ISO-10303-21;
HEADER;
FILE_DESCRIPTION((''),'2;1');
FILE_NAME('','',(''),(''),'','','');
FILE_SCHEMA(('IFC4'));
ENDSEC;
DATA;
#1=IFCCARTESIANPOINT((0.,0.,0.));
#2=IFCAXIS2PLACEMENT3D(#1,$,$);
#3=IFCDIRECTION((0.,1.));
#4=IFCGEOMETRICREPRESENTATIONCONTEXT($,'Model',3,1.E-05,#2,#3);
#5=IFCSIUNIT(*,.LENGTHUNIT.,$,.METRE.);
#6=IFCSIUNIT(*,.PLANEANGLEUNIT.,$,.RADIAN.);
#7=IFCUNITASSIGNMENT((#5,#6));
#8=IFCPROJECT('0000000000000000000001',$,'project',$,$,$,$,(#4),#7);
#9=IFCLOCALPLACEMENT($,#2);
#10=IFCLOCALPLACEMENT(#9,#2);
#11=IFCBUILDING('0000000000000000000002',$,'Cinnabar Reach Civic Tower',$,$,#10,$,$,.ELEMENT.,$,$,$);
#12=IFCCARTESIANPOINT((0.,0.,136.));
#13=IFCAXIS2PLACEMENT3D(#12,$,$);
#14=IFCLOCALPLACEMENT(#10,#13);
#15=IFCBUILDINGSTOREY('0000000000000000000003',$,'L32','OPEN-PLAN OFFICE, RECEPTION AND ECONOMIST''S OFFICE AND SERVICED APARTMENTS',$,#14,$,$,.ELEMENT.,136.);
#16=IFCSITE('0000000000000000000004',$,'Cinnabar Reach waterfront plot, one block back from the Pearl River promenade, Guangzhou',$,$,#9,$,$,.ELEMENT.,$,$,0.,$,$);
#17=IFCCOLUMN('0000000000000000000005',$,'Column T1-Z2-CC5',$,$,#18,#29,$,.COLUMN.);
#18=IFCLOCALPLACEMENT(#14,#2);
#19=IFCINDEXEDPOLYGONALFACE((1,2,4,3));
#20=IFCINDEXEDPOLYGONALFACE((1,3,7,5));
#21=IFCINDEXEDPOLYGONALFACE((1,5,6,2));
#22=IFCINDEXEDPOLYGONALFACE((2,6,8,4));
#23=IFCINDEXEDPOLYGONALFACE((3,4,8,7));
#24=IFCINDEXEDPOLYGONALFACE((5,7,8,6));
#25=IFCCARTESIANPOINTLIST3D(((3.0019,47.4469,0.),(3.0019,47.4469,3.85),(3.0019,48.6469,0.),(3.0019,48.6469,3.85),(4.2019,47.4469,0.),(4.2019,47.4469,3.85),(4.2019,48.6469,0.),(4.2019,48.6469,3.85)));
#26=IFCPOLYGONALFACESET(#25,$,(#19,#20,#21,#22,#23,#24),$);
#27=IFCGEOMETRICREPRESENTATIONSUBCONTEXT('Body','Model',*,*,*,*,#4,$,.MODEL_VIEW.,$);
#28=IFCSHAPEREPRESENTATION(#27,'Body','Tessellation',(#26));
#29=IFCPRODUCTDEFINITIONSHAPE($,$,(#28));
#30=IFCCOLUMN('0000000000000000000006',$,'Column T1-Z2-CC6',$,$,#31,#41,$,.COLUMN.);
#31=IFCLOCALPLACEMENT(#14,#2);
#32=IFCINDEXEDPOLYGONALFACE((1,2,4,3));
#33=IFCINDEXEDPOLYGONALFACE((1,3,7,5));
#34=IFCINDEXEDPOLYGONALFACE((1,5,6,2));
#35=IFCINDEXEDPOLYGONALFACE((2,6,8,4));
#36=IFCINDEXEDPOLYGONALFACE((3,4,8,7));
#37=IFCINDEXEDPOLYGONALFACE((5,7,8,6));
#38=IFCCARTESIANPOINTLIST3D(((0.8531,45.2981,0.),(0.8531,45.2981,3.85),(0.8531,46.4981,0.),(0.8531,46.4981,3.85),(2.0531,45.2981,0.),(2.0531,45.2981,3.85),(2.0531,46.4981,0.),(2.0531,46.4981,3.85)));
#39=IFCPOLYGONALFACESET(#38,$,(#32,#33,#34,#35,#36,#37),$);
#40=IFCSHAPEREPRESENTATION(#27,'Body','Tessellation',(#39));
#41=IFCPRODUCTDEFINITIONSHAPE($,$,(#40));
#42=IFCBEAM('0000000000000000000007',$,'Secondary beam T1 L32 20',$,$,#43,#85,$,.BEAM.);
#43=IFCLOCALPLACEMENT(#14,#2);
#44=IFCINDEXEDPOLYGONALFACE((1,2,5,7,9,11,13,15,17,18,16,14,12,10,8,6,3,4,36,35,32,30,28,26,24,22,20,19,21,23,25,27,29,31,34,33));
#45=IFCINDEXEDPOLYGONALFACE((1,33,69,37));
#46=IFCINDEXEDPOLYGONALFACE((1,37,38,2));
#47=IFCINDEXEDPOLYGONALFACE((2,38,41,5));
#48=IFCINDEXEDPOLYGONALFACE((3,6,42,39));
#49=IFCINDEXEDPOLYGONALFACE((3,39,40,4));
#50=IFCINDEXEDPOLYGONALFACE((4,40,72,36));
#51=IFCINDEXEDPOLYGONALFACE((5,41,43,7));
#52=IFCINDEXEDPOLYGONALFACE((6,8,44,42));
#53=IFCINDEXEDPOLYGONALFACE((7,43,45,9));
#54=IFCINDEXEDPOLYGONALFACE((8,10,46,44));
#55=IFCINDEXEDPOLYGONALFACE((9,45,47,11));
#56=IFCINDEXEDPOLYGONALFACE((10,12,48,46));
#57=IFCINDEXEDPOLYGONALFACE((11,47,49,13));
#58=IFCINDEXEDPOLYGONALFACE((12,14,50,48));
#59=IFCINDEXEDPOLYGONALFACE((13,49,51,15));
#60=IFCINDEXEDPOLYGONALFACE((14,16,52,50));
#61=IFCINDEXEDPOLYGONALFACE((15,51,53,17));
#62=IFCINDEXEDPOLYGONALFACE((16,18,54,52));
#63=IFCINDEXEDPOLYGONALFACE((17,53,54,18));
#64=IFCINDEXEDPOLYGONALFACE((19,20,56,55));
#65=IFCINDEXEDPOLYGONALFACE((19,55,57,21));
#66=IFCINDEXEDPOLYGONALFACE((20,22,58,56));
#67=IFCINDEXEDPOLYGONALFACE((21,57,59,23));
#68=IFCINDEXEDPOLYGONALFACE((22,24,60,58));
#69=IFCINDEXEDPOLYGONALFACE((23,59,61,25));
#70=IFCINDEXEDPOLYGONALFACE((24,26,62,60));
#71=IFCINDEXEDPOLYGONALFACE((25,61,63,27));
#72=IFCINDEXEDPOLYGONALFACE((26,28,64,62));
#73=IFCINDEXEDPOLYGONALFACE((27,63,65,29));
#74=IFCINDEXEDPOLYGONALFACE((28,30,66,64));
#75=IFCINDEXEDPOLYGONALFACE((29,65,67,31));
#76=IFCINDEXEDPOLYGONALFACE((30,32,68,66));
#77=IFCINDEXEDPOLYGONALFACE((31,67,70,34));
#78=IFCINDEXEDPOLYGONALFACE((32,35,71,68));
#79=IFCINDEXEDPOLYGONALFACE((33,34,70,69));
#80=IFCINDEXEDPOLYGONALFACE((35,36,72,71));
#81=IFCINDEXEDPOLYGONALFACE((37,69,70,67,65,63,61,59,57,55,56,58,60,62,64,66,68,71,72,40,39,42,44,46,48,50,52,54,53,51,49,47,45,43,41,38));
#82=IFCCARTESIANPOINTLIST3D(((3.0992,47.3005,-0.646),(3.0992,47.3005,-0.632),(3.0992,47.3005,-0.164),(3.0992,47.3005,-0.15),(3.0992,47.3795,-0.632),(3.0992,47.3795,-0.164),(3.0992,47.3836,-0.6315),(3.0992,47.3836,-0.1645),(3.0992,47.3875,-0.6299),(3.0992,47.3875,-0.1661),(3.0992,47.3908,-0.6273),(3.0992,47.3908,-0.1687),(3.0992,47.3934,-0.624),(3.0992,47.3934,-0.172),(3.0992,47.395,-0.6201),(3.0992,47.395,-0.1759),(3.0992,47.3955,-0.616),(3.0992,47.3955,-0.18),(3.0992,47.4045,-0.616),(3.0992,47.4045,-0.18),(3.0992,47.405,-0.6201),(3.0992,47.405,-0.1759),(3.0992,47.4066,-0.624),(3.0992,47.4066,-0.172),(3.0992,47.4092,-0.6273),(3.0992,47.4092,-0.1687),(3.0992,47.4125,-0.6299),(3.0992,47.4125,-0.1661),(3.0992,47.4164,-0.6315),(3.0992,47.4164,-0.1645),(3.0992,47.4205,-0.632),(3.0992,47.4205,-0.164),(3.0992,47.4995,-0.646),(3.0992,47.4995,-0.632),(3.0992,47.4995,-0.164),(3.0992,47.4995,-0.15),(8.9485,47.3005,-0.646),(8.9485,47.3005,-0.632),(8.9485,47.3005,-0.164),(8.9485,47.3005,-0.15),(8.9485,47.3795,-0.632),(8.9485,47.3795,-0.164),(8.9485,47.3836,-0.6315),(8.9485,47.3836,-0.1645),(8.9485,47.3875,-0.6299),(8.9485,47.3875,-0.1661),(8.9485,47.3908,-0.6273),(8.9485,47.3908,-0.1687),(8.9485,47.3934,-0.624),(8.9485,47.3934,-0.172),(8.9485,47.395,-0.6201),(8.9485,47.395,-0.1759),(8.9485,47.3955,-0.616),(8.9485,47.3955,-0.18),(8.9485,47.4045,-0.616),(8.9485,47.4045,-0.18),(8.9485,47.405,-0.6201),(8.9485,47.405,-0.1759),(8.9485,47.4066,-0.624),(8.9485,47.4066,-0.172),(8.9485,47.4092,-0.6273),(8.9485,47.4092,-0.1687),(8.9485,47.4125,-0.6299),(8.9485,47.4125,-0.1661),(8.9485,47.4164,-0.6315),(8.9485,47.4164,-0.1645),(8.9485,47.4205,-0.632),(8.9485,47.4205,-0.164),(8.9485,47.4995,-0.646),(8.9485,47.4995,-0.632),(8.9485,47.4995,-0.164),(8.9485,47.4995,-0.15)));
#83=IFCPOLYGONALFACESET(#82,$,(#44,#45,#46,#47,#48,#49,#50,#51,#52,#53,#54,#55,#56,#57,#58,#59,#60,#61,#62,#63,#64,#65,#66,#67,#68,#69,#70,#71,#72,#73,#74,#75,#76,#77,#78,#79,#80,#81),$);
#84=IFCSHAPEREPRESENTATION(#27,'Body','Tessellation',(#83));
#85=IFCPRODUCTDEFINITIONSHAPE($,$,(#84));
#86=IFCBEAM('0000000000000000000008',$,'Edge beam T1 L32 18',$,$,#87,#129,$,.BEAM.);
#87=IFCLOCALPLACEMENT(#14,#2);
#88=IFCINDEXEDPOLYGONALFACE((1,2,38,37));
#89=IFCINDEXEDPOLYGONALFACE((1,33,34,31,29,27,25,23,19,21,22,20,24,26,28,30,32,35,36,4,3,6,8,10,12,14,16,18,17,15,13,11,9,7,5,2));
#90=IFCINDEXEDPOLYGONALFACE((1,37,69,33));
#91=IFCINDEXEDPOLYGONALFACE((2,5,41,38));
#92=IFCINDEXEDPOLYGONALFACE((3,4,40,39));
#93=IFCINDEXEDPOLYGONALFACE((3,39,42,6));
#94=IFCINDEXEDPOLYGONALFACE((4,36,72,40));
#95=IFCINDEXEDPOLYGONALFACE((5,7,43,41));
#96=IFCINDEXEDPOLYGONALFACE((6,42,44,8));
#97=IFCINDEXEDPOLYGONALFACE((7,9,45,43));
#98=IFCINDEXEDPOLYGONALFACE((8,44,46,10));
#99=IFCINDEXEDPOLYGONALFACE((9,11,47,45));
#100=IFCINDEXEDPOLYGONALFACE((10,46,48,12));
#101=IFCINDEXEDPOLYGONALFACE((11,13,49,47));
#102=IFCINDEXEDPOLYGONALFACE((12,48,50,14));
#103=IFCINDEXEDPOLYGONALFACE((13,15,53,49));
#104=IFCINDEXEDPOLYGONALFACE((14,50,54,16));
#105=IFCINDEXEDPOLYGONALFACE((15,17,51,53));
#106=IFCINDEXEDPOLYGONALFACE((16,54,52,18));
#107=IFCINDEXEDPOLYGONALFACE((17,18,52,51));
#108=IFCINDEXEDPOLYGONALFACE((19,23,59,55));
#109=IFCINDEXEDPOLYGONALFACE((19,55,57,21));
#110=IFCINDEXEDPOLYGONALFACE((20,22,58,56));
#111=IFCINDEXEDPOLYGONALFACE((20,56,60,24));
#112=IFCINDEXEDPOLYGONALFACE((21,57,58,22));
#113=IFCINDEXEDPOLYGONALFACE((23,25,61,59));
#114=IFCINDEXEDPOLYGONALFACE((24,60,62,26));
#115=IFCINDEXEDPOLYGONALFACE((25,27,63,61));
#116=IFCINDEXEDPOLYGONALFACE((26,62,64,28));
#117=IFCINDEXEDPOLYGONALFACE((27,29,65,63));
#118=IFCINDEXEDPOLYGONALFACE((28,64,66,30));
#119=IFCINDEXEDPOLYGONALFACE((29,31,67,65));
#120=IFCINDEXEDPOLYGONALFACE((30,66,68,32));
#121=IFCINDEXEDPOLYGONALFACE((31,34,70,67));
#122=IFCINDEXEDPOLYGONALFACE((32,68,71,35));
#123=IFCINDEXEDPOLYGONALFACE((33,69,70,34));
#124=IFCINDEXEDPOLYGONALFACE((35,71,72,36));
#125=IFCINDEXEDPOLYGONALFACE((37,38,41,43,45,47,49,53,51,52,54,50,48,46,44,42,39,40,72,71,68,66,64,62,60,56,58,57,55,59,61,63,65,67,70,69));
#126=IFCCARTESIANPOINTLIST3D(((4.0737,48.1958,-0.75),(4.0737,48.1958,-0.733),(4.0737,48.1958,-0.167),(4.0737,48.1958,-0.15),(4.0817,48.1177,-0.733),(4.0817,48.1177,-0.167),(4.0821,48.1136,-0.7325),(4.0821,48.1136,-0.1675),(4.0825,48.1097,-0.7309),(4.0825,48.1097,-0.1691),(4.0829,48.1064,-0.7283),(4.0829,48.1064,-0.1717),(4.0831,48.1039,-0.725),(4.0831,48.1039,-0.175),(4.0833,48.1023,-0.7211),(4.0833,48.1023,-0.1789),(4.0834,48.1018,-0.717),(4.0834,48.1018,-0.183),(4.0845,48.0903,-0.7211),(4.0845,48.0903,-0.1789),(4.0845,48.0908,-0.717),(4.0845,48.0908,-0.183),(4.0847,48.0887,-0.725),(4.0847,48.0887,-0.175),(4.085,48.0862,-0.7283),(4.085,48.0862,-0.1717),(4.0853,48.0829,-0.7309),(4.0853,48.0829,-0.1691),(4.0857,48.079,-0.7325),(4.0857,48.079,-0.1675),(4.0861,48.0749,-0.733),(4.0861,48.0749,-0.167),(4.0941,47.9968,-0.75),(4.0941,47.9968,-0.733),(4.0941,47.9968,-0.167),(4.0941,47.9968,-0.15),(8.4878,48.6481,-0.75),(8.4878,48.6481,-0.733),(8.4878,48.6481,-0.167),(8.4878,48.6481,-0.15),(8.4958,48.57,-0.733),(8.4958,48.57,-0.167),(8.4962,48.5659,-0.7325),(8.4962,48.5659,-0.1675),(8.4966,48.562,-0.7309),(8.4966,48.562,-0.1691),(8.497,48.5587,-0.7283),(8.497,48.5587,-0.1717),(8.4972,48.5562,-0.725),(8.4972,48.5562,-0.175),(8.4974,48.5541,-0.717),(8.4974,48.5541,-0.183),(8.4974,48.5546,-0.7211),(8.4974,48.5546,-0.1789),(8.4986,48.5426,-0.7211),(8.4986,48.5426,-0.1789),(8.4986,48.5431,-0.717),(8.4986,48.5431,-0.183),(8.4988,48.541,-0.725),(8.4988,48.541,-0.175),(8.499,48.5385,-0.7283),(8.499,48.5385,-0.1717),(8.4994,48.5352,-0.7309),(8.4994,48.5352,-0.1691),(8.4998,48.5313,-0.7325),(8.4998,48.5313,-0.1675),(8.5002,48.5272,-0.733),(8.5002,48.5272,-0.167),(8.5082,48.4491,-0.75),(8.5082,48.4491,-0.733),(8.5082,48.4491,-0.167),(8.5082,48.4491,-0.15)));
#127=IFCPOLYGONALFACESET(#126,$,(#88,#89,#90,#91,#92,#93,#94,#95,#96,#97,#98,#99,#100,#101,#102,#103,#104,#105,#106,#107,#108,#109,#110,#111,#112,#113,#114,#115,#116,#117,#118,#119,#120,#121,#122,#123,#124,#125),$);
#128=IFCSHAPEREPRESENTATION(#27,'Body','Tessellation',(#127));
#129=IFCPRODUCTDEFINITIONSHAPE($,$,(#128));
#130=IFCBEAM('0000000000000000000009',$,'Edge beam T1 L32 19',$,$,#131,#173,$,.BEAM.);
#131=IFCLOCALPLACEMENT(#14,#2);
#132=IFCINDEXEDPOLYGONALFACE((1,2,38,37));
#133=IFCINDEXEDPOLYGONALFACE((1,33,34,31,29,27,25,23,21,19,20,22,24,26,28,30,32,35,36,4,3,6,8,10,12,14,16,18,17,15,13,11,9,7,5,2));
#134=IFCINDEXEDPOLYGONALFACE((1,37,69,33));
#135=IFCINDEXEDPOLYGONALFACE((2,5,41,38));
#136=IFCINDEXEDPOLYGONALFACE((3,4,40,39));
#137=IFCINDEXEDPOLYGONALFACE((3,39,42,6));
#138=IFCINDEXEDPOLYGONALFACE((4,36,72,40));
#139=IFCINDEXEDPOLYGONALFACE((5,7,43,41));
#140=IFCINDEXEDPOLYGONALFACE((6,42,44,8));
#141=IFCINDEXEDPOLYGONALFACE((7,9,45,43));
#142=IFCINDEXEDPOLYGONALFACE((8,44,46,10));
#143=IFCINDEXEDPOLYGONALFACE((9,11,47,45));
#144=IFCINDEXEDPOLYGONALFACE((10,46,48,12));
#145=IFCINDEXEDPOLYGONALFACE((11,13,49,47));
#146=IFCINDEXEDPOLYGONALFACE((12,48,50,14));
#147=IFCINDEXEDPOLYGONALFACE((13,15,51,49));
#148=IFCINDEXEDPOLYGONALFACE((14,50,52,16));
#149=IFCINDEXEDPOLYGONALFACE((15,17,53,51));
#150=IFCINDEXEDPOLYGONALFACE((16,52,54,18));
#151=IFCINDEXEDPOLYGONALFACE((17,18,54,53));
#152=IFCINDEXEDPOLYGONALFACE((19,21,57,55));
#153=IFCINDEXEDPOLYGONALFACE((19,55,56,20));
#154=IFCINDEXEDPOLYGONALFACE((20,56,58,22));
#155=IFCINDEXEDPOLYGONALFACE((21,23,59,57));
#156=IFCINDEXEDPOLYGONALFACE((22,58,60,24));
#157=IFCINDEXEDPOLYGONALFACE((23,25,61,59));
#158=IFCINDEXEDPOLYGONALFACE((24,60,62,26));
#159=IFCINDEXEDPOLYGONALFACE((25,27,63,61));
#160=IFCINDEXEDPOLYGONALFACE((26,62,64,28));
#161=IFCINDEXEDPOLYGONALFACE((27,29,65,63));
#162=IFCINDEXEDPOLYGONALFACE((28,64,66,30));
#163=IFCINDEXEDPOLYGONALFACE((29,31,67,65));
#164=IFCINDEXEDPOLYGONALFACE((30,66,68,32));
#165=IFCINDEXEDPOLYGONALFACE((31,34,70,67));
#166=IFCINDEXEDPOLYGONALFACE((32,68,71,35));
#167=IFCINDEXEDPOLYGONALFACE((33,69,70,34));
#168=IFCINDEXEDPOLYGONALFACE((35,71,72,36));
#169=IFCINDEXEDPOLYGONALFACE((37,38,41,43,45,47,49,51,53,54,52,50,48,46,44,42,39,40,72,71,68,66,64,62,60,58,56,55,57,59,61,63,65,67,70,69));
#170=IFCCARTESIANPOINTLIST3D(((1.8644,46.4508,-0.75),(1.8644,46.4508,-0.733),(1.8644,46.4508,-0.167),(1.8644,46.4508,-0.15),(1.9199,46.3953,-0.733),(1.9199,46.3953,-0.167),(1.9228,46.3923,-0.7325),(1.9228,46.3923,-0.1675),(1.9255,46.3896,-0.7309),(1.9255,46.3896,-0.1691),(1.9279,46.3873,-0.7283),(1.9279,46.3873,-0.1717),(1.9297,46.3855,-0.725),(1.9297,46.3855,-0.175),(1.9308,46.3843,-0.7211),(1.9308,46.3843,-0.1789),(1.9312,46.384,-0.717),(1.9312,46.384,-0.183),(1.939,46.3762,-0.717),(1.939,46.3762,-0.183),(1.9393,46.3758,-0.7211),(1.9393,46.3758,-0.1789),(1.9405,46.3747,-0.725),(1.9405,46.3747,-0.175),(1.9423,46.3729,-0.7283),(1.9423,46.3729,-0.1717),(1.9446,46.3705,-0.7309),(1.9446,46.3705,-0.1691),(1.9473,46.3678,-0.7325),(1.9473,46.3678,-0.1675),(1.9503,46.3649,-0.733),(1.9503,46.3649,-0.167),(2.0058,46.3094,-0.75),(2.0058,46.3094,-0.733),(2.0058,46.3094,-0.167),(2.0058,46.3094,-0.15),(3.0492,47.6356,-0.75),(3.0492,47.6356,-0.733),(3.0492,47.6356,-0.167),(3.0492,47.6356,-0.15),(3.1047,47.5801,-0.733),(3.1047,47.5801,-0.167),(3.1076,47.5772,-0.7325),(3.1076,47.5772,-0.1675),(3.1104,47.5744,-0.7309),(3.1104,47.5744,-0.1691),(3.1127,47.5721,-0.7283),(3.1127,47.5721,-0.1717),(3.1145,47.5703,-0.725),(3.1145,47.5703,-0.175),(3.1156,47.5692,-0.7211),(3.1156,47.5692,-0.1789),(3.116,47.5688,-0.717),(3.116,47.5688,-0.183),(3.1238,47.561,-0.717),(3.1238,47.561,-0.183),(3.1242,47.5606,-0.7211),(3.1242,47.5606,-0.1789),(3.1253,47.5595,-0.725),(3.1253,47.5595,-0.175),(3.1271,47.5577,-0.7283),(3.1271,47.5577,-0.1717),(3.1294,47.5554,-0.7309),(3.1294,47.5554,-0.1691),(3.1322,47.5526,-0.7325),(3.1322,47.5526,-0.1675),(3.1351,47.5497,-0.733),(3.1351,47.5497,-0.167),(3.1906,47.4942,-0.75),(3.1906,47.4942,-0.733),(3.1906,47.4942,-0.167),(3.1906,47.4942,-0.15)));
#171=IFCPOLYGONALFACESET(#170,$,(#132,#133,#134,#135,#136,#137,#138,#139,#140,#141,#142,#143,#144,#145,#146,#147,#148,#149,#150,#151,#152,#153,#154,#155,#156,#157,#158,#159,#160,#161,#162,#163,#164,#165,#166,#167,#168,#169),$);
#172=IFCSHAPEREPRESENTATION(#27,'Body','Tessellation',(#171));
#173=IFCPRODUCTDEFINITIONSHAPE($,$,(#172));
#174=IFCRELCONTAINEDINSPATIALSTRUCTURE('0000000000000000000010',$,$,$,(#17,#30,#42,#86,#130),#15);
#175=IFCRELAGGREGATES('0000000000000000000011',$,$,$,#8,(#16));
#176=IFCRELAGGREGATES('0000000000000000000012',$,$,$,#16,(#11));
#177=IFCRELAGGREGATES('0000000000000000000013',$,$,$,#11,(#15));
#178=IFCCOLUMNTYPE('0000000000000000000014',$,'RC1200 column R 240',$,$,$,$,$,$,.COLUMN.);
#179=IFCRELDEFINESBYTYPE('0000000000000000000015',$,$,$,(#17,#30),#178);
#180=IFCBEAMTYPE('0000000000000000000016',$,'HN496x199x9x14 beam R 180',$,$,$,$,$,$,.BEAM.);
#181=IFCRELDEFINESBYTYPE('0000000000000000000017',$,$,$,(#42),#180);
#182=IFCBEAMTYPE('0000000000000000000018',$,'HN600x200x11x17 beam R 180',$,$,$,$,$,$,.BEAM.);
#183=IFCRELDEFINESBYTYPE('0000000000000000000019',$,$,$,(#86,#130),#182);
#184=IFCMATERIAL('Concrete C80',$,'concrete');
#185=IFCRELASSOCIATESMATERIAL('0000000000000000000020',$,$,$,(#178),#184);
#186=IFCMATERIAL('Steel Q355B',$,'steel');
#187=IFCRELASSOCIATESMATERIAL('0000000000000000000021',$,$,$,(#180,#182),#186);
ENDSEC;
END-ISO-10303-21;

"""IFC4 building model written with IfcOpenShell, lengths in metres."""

from ifc_helpers import new_model, si_unit, direction, frame, origin, origin_2d, place, context, subcontext, project, spatial, rectangle, i_section, extrude, material, material_profile, profile_set, type_object, element, save


model = new_model("IFC4")

# Units and contexts
model_context = context("Model", 3, precision=1e-05, world=origin(), true_north=direction((0.0, 1.0)))
body_context = subcontext(model_context, "Body", "Model", "MODEL_VIEW")
ifc_project = project(units=[si_unit("LENGTHUNIT", "METRE"), si_unit("PLANEANGLEUNIT", "RADIAN")], contexts=[model_context])

# Site, building, storey
site_placement = place(None, origin())
site = spatial("IfcSite", under=ifc_project, at=site_placement, Name="Cinnabar Reach waterfront plot, one block back from the Pearl River promenade, Guangzhou", CompositionType="ELEMENT", RefElevation=0.0)
building_placement = place(site_placement, origin())
building = spatial("IfcBuilding", under=site, at=building_placement, Name="Cinnabar Reach Civic Tower", CompositionType="ELEMENT")
storey_placement = place(building_placement, frame((0.0, 0.0, 136.0)))
storey = spatial("IfcBuildingStorey", under=building, at=storey_placement, Name="L32", Description="OPEN-PLAN OFFICE, RECEPTION AND ECONOMIST'S OFFICE AND SERVICED APARTMENTS", CompositionType="ELEMENT", Elevation=136.0)

# Columns
ifc_material_1 = material(Name="Concrete C80", Category="concrete")
ifc_material_profile_1 = material_profile(ifc_material_1, rectangle(XDim=1.2, YDim=1.2, at=origin_2d()), Name="RC1200")
ifc_profile_set_1 = profile_set([ifc_material_profile_1], Name="Concrete C80")
column_type = type_object("IfcColumnType", Name="RC1200 column R 240", PredefinedType="COLUMN", material=ifc_profile_set_1)
for number, where, z_axis, x_axis, name in (
    (1, (3.6019, 48.0469, 0.0), (0.0, 0.0, 1.0), (1.0, 0.0, 0.0), "Column T1-Z2-CC5"),
    (2, (1.4531, 45.8981, 0.0), (0.0, 0.0, 1.0), (1.0, 0.0, 0.0), "Column T1-Z2-CC6"),
):
    element("IfcColumn", number, at=place(storey_placement, frame(where, z_axis=z_axis, x_axis=x_axis)), inside=storey, type_object=column_type, Name=name, PredefinedType="COLUMN", context=body_context, shape_type="SweptSolid", body=[
        extrude(rectangle(XDim=1.2, YDim=1.2, at=origin_2d()), origin(), (0.0, 0.0, 1.0), 3.85),
    ])

# Beams
ifc_material_2 = material(Name="Steel Q355B", Category="steel")
ifc_material_profile_2 = material_profile(ifc_material_2, i_section(OverallWidth=0.199, OverallDepth=0.496, WebThickness=0.009, FlangeThickness=0.014, FilletRadius=0.016, at=origin_2d()), Name="HN496x199x9x14")
ifc_profile_set_2 = profile_set([ifc_material_profile_2], Name="Steel Q355B")
beam_type_1 = type_object("IfcBeamType", Name="HN496x199x9x14 beam R 180", PredefinedType="BEAM", material=ifc_profile_set_2)
beam_1_placement = place(storey_placement, frame((3.0992, 47.4, -0.398), z_axis=(1.0, 0.0, 0.0), x_axis=(0.0, 1.0, 0.0)))
element("IfcBeam", 3, at=beam_1_placement, inside=storey, type_object=beam_type_1, Name="Secondary beam T1 L32 20", PredefinedType="BEAM", context=body_context, shape_type="SweptSolid", body=[
    extrude(i_section(OverallWidth=0.199, OverallDepth=0.496, WebThickness=0.009, FlangeThickness=0.014, FilletRadius=0.016, at=origin_2d()), origin(), (0.0, 0.0, 1.0), 5.8493),
])
ifc_material_profile_3 = material_profile(ifc_material_2, i_section(OverallWidth=0.2, OverallDepth=0.6, WebThickness=0.011, FlangeThickness=0.017, FilletRadius=0.016, at=origin_2d()), Name="HN600x200x11x17")
ifc_profile_set_3 = profile_set([ifc_material_profile_3], Name="Steel Q355B")
beam_type_2 = type_object("IfcBeamType", Name="HN600x200x11x17 beam R 180", PredefinedType="BEAM", material=ifc_profile_set_3)
beam_2_placement = place(storey_placement, frame((8.498, 48.5486, -0.45), z_axis=(-0.994791, -0.101933, 0.0), x_axis=(0.101933, -0.994791, 0.0)))
element("IfcBeam", 4, at=beam_2_placement, inside=storey, type_object=beam_type_2, Name="Edge beam T1 L32 18", PredefinedType="BEAM", context=body_context, shape_type="SweptSolid", body=[
    extrude(i_section(OverallWidth=0.2, OverallDepth=0.6, WebThickness=0.011, FlangeThickness=0.017, FilletRadius=0.016, at=origin_2d()), origin(), (0.0, 0.0, 1.0), 4.4372),
])
beam_3_placement = place(storey_placement, frame((3.1199, 47.5649, -0.45), z_axis=(-0.707107, -0.707107, 0.0), x_axis=(0.707107, -0.707107, 0.0)))
element("IfcBeam", 5, at=beam_3_placement, inside=storey, type_object=beam_type_2, Name="Edge beam T1 L32 19", PredefinedType="BEAM", context=body_context, shape_type="SweptSolid", body=[
    extrude(i_section(OverallWidth=0.2, OverallDepth=0.6, WebThickness=0.011, FlangeThickness=0.017, FilletRadius=0.016, at=origin_2d()), origin(), (0.0, 0.0, 1.0), 1.6756),
])

save(model, "model.ifc")
